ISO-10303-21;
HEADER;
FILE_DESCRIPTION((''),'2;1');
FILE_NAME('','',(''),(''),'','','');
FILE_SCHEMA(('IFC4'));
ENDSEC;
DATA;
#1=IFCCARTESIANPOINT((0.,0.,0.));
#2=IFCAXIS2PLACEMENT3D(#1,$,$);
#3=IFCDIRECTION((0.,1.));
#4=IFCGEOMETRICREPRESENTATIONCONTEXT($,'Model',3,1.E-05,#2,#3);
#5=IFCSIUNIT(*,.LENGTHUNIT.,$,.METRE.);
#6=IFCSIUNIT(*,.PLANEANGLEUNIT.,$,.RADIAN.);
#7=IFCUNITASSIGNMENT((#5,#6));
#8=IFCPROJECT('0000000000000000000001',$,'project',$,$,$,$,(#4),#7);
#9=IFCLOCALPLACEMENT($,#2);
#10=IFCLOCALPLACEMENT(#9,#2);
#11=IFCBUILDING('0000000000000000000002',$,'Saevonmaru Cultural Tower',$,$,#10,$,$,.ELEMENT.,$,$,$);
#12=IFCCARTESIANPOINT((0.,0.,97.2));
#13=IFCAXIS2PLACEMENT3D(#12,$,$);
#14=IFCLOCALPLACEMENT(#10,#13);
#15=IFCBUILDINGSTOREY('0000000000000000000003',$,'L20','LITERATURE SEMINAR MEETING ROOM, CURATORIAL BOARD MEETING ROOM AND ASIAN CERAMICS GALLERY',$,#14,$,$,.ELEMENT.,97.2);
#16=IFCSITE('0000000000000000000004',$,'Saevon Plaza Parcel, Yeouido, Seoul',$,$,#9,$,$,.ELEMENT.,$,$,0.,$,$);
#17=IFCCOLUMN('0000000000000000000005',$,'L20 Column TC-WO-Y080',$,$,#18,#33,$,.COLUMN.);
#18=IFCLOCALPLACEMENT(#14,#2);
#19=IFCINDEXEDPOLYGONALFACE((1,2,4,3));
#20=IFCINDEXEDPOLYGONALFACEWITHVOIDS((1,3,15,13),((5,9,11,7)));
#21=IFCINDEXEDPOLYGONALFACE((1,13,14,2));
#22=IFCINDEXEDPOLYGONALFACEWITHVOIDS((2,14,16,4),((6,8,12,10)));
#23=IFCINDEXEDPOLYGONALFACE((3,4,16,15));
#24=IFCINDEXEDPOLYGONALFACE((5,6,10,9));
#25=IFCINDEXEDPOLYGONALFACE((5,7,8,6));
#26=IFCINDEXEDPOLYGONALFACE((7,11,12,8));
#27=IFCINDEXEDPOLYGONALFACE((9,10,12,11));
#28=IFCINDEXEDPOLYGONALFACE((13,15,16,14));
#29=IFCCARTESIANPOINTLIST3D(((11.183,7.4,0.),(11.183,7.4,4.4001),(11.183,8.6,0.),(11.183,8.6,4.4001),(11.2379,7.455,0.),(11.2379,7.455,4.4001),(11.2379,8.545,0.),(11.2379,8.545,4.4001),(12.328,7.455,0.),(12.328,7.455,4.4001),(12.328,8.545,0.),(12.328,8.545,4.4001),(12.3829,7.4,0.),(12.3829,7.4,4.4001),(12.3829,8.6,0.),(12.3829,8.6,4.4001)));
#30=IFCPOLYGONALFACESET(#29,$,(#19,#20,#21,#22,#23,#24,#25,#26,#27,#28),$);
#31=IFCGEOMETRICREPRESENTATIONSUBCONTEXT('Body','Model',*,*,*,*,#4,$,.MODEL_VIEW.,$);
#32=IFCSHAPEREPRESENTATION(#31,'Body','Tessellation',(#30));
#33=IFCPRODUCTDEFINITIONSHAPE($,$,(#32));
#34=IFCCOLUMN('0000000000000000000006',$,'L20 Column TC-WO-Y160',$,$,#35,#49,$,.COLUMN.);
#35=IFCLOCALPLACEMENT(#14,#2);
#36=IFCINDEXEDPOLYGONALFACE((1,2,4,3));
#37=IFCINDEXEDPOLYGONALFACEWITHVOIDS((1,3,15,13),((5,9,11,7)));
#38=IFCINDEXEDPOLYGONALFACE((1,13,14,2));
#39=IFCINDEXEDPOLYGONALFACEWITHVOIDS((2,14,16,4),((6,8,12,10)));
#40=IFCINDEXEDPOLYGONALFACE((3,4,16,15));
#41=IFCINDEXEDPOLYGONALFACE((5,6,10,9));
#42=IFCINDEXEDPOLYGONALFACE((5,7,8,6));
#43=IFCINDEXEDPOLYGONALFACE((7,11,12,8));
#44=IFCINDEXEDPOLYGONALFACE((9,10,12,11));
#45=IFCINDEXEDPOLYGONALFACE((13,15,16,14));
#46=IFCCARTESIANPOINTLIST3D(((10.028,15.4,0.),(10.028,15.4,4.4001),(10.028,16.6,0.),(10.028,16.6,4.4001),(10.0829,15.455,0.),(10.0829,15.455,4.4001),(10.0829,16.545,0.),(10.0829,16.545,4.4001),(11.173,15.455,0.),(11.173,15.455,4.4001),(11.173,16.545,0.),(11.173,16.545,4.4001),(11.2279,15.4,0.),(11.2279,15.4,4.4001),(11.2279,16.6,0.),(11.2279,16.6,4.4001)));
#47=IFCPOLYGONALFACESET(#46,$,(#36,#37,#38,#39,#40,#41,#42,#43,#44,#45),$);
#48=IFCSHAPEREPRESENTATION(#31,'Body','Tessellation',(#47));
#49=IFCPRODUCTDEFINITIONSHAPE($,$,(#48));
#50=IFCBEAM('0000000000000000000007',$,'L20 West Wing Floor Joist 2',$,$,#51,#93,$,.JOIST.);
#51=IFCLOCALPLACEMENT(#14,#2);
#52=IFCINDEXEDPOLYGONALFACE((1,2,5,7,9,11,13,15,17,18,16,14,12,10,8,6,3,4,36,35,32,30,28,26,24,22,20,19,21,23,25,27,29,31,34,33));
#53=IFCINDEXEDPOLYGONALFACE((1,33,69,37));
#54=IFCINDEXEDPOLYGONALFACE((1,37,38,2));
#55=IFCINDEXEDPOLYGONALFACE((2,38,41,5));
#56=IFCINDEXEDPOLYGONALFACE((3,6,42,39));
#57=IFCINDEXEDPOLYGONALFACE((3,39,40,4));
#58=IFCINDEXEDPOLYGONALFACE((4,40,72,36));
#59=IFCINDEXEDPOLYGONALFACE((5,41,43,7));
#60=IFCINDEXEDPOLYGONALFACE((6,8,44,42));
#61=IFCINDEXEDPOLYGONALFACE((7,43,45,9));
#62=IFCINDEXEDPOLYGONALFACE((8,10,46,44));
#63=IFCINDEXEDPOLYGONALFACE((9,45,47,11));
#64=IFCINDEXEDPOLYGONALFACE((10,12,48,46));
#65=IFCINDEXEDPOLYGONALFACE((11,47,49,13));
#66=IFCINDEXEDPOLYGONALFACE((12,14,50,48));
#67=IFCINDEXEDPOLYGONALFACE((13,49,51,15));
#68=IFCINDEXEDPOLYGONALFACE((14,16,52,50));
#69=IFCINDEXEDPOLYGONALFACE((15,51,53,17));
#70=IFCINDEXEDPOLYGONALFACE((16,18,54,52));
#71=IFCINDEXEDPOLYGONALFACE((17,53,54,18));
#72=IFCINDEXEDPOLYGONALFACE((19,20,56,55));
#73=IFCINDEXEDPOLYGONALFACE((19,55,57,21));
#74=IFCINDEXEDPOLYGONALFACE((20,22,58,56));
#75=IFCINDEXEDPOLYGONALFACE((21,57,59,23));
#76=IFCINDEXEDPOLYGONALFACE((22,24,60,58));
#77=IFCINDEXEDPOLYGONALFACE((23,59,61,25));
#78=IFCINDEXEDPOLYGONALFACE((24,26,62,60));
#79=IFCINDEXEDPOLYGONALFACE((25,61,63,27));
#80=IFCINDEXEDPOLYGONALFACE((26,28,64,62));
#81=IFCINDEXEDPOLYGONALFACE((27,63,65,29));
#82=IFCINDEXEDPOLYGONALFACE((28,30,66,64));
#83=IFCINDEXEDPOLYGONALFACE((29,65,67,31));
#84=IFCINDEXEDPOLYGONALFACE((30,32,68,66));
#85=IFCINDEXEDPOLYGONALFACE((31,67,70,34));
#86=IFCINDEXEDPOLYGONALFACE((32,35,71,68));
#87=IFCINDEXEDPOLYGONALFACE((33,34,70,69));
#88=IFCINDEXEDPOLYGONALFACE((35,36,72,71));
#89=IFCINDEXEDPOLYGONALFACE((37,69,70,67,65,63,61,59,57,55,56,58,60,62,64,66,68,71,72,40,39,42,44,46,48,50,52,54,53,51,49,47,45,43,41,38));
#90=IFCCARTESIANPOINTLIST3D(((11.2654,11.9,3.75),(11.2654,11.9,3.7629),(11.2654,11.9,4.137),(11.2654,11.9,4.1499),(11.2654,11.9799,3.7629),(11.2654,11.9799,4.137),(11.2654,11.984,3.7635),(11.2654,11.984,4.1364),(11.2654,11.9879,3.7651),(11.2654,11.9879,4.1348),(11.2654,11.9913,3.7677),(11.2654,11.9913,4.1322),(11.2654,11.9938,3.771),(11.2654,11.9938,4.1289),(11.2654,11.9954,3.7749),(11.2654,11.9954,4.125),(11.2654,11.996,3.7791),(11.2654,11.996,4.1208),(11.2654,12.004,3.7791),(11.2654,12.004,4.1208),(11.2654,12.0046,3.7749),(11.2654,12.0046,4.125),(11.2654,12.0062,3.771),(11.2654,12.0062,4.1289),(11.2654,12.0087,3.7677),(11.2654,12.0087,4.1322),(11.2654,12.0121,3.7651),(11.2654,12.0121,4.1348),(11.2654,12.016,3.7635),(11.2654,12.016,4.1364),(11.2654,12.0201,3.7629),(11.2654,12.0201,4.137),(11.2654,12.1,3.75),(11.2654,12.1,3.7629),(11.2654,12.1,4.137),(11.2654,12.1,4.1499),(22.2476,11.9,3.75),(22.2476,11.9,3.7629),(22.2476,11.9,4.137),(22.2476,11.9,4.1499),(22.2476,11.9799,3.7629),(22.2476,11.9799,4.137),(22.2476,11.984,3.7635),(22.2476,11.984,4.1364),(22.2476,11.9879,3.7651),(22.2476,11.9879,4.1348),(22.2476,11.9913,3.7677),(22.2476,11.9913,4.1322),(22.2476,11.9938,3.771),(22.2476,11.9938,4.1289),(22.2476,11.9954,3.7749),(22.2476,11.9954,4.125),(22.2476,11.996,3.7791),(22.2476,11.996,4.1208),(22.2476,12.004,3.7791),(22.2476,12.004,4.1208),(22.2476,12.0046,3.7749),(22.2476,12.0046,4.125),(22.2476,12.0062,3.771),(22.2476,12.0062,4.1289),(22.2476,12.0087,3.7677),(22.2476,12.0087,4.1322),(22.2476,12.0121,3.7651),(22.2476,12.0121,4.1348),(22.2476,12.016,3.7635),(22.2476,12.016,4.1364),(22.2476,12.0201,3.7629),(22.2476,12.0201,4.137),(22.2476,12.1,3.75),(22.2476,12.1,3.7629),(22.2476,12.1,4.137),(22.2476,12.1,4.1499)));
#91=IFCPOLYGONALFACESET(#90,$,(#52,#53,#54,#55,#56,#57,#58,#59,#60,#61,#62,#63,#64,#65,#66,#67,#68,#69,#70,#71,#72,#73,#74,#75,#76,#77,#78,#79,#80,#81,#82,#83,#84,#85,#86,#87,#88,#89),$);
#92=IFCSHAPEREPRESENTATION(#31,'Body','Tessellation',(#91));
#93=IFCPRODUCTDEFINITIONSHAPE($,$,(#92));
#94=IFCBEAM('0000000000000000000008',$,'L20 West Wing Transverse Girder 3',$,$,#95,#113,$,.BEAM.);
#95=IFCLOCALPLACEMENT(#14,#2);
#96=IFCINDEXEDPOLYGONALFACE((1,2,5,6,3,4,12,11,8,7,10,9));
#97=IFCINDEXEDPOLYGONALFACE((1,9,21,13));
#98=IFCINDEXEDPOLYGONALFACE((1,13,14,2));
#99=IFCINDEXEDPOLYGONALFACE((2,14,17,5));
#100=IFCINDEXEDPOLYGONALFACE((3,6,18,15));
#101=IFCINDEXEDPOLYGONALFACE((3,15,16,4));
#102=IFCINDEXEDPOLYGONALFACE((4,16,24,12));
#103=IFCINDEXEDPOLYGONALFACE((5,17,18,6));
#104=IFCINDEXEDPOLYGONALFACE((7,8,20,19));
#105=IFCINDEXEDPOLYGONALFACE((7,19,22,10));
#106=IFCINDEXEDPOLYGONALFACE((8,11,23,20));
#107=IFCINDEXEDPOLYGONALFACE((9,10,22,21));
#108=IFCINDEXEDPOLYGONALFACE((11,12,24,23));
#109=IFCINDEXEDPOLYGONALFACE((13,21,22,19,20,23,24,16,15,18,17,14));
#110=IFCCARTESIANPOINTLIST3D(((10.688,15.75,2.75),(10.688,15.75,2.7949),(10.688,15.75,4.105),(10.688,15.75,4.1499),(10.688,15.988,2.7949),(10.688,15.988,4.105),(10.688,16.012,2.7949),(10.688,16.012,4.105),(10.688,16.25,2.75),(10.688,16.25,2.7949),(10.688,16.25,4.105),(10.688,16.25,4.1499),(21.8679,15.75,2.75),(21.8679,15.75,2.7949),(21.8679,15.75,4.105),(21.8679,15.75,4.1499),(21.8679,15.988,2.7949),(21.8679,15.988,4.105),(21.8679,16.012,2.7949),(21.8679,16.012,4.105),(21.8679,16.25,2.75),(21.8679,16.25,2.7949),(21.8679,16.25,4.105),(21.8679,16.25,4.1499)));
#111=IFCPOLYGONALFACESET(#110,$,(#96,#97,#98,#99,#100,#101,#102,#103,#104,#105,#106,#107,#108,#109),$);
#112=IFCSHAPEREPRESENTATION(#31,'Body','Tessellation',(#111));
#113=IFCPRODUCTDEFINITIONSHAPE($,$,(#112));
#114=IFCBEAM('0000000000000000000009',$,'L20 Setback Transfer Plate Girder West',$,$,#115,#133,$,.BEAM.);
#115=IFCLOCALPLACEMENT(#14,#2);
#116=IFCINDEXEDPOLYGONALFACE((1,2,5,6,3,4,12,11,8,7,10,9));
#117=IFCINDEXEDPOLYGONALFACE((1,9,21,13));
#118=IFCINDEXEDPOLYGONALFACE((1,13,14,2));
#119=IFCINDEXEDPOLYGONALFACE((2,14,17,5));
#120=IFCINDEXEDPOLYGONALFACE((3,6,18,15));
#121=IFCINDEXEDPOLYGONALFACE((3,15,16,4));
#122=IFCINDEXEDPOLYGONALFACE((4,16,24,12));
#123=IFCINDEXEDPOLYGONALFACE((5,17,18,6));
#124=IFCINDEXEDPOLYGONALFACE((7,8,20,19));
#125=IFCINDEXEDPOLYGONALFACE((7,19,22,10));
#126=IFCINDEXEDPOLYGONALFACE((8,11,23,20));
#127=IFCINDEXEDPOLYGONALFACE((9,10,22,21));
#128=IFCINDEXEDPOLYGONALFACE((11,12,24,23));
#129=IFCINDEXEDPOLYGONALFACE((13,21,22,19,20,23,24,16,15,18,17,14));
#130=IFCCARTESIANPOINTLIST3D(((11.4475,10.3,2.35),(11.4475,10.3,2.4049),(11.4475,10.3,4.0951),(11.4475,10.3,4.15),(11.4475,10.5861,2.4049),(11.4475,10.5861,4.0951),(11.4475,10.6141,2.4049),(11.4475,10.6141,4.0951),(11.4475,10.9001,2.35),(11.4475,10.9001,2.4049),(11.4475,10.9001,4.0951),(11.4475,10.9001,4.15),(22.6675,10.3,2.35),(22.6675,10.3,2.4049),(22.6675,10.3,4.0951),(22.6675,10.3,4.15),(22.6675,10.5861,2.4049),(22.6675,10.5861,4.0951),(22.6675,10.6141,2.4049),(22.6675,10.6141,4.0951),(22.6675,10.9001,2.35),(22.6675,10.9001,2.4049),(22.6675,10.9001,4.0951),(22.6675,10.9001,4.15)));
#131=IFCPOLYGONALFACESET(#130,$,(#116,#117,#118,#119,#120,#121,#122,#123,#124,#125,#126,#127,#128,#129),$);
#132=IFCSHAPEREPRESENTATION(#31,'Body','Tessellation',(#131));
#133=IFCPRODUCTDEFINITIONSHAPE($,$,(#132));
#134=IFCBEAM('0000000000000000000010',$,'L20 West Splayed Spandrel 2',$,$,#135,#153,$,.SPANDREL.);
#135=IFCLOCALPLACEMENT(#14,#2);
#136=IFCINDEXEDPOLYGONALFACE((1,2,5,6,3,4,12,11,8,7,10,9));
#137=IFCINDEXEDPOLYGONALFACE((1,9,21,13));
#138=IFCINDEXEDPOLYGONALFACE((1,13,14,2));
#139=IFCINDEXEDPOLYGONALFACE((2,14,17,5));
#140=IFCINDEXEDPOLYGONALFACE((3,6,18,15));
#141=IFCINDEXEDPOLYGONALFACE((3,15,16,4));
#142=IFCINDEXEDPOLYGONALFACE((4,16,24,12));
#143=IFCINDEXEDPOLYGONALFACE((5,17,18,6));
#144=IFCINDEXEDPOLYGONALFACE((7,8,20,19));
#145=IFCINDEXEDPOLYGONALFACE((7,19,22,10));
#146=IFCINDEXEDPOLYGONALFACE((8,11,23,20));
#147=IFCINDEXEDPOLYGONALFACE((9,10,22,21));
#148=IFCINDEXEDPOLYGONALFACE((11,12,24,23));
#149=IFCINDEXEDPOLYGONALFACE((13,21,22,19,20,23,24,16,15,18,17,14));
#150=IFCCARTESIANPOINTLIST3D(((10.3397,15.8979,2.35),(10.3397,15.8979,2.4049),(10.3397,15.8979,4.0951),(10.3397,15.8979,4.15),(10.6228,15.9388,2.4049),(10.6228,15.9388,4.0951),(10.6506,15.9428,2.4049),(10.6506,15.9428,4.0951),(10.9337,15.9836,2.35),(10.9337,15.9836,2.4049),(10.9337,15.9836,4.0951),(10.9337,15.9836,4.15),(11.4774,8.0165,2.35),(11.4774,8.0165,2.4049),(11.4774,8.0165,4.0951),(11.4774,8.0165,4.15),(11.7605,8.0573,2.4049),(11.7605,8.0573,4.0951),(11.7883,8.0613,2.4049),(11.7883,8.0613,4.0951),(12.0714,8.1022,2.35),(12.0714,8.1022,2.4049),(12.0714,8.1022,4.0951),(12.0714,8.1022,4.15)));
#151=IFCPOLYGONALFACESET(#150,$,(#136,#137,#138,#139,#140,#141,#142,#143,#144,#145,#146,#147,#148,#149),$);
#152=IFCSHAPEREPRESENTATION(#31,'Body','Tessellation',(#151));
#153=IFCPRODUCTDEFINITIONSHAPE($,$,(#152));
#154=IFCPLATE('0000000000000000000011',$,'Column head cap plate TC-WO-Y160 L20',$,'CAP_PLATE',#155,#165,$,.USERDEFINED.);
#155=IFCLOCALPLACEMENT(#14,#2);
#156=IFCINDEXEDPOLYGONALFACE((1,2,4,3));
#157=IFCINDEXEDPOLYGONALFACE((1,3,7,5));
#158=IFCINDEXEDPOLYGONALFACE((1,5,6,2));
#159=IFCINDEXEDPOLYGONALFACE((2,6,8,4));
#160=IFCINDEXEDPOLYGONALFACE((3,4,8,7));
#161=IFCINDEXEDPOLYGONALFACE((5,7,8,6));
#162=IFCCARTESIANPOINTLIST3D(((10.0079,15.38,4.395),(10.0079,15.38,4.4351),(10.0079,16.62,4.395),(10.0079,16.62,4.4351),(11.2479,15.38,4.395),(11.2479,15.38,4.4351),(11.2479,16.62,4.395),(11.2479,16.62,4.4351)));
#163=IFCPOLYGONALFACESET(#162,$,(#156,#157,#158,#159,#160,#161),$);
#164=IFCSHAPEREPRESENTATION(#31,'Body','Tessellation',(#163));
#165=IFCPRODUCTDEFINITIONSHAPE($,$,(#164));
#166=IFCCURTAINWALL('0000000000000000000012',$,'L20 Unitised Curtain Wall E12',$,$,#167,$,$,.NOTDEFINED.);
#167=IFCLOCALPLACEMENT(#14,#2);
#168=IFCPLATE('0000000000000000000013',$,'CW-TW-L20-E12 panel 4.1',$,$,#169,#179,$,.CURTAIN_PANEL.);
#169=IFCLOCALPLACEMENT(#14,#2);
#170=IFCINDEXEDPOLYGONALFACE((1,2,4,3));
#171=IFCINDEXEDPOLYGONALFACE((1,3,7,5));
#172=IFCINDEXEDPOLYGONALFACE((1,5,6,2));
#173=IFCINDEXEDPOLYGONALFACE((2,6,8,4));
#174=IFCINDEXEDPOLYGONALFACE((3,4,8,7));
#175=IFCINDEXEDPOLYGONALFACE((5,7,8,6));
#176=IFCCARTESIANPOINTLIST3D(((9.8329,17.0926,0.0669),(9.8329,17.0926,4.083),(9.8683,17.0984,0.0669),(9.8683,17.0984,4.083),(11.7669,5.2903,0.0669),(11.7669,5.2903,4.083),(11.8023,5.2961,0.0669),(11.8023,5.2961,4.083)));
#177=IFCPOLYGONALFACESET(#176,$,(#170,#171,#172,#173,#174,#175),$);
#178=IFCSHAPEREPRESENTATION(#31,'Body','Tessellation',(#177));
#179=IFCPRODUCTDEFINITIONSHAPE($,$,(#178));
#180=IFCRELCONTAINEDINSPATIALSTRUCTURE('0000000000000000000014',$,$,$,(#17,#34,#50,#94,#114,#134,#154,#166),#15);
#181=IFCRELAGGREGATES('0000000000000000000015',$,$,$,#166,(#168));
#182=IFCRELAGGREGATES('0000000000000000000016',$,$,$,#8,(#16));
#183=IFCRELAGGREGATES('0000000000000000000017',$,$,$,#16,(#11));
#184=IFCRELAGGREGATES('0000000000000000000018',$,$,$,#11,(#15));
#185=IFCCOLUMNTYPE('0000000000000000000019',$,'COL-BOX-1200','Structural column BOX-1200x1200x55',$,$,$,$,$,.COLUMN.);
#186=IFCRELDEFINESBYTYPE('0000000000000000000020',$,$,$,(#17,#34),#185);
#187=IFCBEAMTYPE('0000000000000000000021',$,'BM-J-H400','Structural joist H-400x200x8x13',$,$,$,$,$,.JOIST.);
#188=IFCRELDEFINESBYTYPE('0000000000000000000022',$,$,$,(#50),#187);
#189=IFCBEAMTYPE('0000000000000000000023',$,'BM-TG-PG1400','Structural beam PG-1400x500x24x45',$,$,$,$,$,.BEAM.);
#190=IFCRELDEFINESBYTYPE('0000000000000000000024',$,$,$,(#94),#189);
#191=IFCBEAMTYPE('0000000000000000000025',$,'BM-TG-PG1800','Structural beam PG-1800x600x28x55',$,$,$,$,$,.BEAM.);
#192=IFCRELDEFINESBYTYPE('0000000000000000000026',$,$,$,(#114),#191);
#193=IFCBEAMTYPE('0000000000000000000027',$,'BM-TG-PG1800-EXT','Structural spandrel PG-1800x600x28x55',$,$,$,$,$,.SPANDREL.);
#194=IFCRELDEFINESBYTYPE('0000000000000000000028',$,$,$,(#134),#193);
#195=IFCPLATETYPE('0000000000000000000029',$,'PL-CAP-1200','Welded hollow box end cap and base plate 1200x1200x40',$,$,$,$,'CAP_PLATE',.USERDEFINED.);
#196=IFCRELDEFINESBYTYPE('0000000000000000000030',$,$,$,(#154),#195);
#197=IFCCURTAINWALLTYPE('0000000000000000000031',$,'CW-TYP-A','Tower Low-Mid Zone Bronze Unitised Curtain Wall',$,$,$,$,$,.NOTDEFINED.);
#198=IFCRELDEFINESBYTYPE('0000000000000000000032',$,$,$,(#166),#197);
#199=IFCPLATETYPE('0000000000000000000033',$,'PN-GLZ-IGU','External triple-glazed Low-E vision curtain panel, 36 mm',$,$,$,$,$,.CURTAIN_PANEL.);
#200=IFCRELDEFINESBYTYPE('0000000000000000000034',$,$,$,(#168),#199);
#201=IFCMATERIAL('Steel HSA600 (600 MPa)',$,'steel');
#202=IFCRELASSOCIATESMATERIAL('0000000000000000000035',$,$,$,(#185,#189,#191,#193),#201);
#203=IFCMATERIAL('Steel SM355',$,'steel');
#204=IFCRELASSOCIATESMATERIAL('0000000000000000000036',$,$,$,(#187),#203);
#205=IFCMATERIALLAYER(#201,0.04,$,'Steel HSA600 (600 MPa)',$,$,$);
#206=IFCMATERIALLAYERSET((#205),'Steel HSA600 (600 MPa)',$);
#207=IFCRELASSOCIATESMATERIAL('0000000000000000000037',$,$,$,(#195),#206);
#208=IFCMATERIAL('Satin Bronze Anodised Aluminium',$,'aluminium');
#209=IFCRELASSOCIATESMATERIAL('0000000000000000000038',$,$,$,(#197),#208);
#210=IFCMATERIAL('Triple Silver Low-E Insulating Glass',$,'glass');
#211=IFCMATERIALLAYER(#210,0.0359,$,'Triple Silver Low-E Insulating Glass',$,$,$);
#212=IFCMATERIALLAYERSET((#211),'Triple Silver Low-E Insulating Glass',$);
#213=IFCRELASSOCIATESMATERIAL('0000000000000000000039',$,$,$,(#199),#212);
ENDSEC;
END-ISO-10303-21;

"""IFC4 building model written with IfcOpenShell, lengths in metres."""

from ifc_helpers import new_model, si_unit, direction, frame, origin, origin_2d, place, context, subcontext, project, spatial, rectangle, hollow_rectangle, i_section, extrude, material, layer, layer_set, material_profile, profile_set, type_object, element, aggregate, save


model = new_model("IFC4")

# Units and contexts
model_context = context("Model", 3, precision=1e-05, world=origin(), true_north=direction((0.0, 1.0)))
body_context = subcontext(model_context, "Body", "Model", "MODEL_VIEW")
ifc_project = project(units=[si_unit("LENGTHUNIT", "METRE"), si_unit("PLANEANGLEUNIT", "RADIAN")], contexts=[model_context])

# Site, building, storey
site_placement = place(None, origin())
site = spatial("IfcSite", under=ifc_project, at=site_placement, Name="Saevon Plaza Parcel, Yeouido, Seoul", CompositionType="ELEMENT", RefElevation=0.0)
building_placement = place(site_placement, origin())
building = spatial("IfcBuilding", under=site, at=building_placement, Name="Saevonmaru Cultural Tower", CompositionType="ELEMENT")
storey_placement = place(building_placement, frame((0.0, 0.0, 97.2)))
storey = spatial("IfcBuildingStorey", under=building, at=storey_placement, Name="L20", Description="LITERATURE SEMINAR MEETING ROOM, CURATORIAL BOARD MEETING ROOM AND ASIAN CERAMICS GALLERY", CompositionType="ELEMENT", Elevation=97.2)

# Columns
ifc_material_1 = material(Name="Steel HSA600 (600 MPa)", Category="steel")
ifc_material_profile_1 = material_profile(ifc_material_1, hollow_rectangle(XDim=1.2, YDim=1.2, WallThickness=0.0549, at=origin_2d()), Name="BOX-1200x1200x55")
ifc_profile_set_1 = profile_set([ifc_material_profile_1], Name="Steel HSA600 (600 MPa)")
column_type = type_object("IfcColumnType", Name="COL-BOX-1200", Description="Structural column BOX-1200x1200x55", PredefinedType="COLUMN", material=ifc_profile_set_1)
for number, where, z_axis, x_axis, name in (
    (1, (11.783, 8.0, 0.0), (0.0, 0.0, 1.0), (1.0, 0.0, 0.0), "L20 Column TC-WO-Y080"),
    (2, (10.6279, 16.0, 0.0), (0.0, 0.0, 1.0), (1.0, 0.0, 0.0), "L20 Column TC-WO-Y160"),
):
    element("IfcColumn", number, at=place(storey_placement, frame(where, z_axis=z_axis, x_axis=x_axis)), inside=storey, type_object=column_type, Name=name, PredefinedType="COLUMN", context=body_context, shape_type="SweptSolid", body=[
        extrude(hollow_rectangle(XDim=1.2, YDim=1.2, WallThickness=0.0549, at=origin_2d()), origin(), (0.0, 0.0, 1.0), 4.4001),
    ])

# Beams
ifc_material_2 = material(Name="Steel SM355", Category="steel")
ifc_material_profile_2 = material_profile(ifc_material_2, i_section(OverallWidth=0.2, OverallDepth=0.3999, WebThickness=0.0081, FlangeThickness=0.0129, FilletRadius=0.0161, at=origin_2d()), Name="H-400x200x8x13")
ifc_profile_set_2 = profile_set([ifc_material_profile_2], Name="Steel SM355")
beam_type_1 = type_object("IfcBeamType", Name="BM-J-H400", Description="Structural joist H-400x200x8x13", PredefinedType="JOIST", material=ifc_profile_set_2)
beam_1_placement = place(storey_placement, frame((11.2654, 12.0, 3.95), z_axis=(1.0, 0.0, 0.0), x_axis=(0.0, 1.0, 0.0)))
element("IfcBeam", 3, at=beam_1_placement, inside=storey, type_object=beam_type_1, Name="L20 West Wing Floor Joist 2", PredefinedType="JOIST", context=body_context, shape_type="SweptSolid", body=[
    extrude(i_section(OverallWidth=0.2, OverallDepth=0.3999, WebThickness=0.0081, FlangeThickness=0.0129, FilletRadius=0.0161, at=origin_2d()), origin(), (0.0, 0.0, 1.0), 10.9822),
])
ifc_material_profile_3 = material_profile(ifc_material_1, i_section(OverallWidth=0.5, OverallDepth=1.3999, WebThickness=0.0239, FlangeThickness=0.0449, at=origin_2d()), Name="PG-1400x500x24x45")
ifc_profile_set_3 = profile_set([ifc_material_profile_3], Name="Steel HSA600 (600 MPa)")
beam_type_2 = type_object("IfcBeamType", Name="BM-TG-PG1400", Description="Structural beam PG-1400x500x24x45", PredefinedType="BEAM", material=ifc_profile_set_3)
beam_2_placement = place(storey_placement, frame((10.688, 16.0, 3.45), z_axis=(1.0, 0.0, 0.0), x_axis=(0.0, 1.0, 0.0)))
element("IfcBeam", 4, at=beam_2_placement, inside=storey, type_object=beam_type_2, Name="L20 West Wing Transverse Girder 3", PredefinedType="BEAM", context=body_context, shape_type="SweptSolid", body=[
    extrude(i_section(OverallWidth=0.5, OverallDepth=1.3999, WebThickness=0.0239, FlangeThickness=0.0449, at=origin_2d()), origin(), (0.0, 0.0, 1.0), 11.1799),
])
ifc_material_profile_4 = material_profile(ifc_material_1, i_section(OverallWidth=0.6001, OverallDepth=1.8, WebThickness=0.0281, FlangeThickness=0.0549, at=origin_2d()), Name="PG-1800x600x28x55")
ifc_profile_set_4 = profile_set([ifc_material_profile_4], Name="Steel HSA600 (600 MPa)")
beam_type_3 = type_object("IfcBeamType", Name="BM-TG-PG1800", Description="Structural beam PG-1800x600x28x55", PredefinedType="BEAM", material=ifc_profile_set_4)
beam_3_placement = place(storey_placement, frame((11.4475, 10.6001, 3.25), z_axis=(1.0, 0.0, 0.0), x_axis=(0.0, 1.0, 0.0)))
element("IfcBeam", 5, at=beam_3_placement, inside=storey, type_object=beam_type_3, Name="L20 Setback Transfer Plate Girder West", PredefinedType="BEAM", context=body_context, shape_type="SweptSolid", body=[
    extrude(i_section(OverallWidth=0.6001, OverallDepth=1.8, WebThickness=0.0281, FlangeThickness=0.0549, at=origin_2d()), origin(), (0.0, 0.0, 1.0), 11.22),
])
ifc_material_profile_5 = material_profile(ifc_material_1, i_section(OverallWidth=0.6001, OverallDepth=1.8, WebThickness=0.0281, FlangeThickness=0.0549, at=origin_2d()), Name="PG-1800x600x28x55")
ifc_profile_set_5 = profile_set([ifc_material_profile_5], Name="Steel HSA600 (600 MPa)")
beam_type_4 = type_object("IfcBeamType", Name="BM-TG-PG1800-EXT", Description="Structural spandrel PG-1800x600x28x55", PredefinedType="SPANDREL", material=ifc_profile_set_5)
beam_4_placement = place(storey_placement, frame((11.7744, 8.0593, 3.25), z_axis=(-0.142872, 0.989741, 0.0), x_axis=(-0.989741, -0.142872, 0.0)))
element("IfcBeam", 6, at=beam_4_placement, inside=storey, type_object=beam_type_4, Name="L20 West Splayed Spandrel 2", PredefinedType="SPANDREL", context=body_context, shape_type="SweptSolid", body=[
    extrude(i_section(OverallWidth=0.6001, OverallDepth=1.8, WebThickness=0.0281, FlangeThickness=0.0549, at=origin_2d()), origin(), (0.0, 0.0, 1.0), 7.9631),
])

# Plate
ifc_layer_1 = layer(ifc_material_1, 0.04, Name="Steel HSA600 (600 MPa)")
ifc_layer_set_1 = layer_set([ifc_layer_1], Name="Steel HSA600 (600 MPa)")
plate_type_1 = type_object("IfcPlateType", Name="PL-CAP-1200", Description="Welded hollow box end cap and base plate 1200x1200x40", ElementType="CAP_PLATE", PredefinedType="USERDEFINED", material=ifc_layer_set_1)
plate_1_placement = place(storey_placement, frame((10.6279, 16.0, 4.395), z_axis=(0.0, 0.0, 1.0), x_axis=(1.0, 0.0, 0.0)))
element("IfcPlate", 7, at=plate_1_placement, inside=storey, type_object=plate_type_1, Name="Column head cap plate TC-WO-Y160 L20", ObjectType="CAP_PLATE", PredefinedType="USERDEFINED", context=body_context, shape_type="SweptSolid", body=[
    extrude(rectangle(XDim=1.24, YDim=1.24, at=origin_2d()), origin(), (0.0, 0.0, 1.0), 0.04),
])

# Curtain wall, plate
ifc_material_3 = material(Name="Satin Bronze Anodised Aluminium", Category="aluminium")
curtain_wall_type = type_object("IfcCurtainWallType", Name="CW-TYP-A", Description="Tower Low-Mid Zone Bronze Unitised Curtain Wall", PredefinedType="NOTDEFINED", material=ifc_material_3)
curtain_wall_placement = place(storey_placement, origin())
curtain_wall = element("IfcCurtainWall", 8, at=curtain_wall_placement, inside=storey, type_object=curtain_wall_type, Name="L20 Unitised Curtain Wall E12", PredefinedType="NOTDEFINED")
ifc_material_4 = material(Name="Triple Silver Low-E Insulating Glass", Category="glass")
ifc_layer_2 = layer(ifc_material_4, 0.0359, Name="Triple Silver Low-E Insulating Glass")
ifc_layer_set_2 = layer_set([ifc_layer_2], Name="Triple Silver Low-E Insulating Glass")
plate_type_2 = type_object("IfcPlateType", Name="PN-GLZ-IGU", Description="External triple-glazed Low-E vision curtain panel, 36 mm", PredefinedType="CURTAIN_PANEL", material=ifc_layer_set_2)
plate_2_placement = place(storey_placement, frame((10.8176, 11.1943, 0.0669), z_axis=(0.0, 0.0, 1.0), x_axis=(0.161709, -0.986839, 0.0)))
plate_2 = element("IfcPlate", 9, at=plate_2_placement, type_object=plate_type_2, Name="CW-TW-L20-E12 panel 4.1", PredefinedType="CURTAIN_PANEL", context=body_context, shape_type="SweptSolid", body=[
    extrude(rectangle(XDim=11.9597, YDim=0.0359, at=origin_2d()), origin(), (0.0, 0.0, 1.0), 4.0161),
])
aggregate(curtain_wall, [plate_2])

save(model, "model.ifc")
